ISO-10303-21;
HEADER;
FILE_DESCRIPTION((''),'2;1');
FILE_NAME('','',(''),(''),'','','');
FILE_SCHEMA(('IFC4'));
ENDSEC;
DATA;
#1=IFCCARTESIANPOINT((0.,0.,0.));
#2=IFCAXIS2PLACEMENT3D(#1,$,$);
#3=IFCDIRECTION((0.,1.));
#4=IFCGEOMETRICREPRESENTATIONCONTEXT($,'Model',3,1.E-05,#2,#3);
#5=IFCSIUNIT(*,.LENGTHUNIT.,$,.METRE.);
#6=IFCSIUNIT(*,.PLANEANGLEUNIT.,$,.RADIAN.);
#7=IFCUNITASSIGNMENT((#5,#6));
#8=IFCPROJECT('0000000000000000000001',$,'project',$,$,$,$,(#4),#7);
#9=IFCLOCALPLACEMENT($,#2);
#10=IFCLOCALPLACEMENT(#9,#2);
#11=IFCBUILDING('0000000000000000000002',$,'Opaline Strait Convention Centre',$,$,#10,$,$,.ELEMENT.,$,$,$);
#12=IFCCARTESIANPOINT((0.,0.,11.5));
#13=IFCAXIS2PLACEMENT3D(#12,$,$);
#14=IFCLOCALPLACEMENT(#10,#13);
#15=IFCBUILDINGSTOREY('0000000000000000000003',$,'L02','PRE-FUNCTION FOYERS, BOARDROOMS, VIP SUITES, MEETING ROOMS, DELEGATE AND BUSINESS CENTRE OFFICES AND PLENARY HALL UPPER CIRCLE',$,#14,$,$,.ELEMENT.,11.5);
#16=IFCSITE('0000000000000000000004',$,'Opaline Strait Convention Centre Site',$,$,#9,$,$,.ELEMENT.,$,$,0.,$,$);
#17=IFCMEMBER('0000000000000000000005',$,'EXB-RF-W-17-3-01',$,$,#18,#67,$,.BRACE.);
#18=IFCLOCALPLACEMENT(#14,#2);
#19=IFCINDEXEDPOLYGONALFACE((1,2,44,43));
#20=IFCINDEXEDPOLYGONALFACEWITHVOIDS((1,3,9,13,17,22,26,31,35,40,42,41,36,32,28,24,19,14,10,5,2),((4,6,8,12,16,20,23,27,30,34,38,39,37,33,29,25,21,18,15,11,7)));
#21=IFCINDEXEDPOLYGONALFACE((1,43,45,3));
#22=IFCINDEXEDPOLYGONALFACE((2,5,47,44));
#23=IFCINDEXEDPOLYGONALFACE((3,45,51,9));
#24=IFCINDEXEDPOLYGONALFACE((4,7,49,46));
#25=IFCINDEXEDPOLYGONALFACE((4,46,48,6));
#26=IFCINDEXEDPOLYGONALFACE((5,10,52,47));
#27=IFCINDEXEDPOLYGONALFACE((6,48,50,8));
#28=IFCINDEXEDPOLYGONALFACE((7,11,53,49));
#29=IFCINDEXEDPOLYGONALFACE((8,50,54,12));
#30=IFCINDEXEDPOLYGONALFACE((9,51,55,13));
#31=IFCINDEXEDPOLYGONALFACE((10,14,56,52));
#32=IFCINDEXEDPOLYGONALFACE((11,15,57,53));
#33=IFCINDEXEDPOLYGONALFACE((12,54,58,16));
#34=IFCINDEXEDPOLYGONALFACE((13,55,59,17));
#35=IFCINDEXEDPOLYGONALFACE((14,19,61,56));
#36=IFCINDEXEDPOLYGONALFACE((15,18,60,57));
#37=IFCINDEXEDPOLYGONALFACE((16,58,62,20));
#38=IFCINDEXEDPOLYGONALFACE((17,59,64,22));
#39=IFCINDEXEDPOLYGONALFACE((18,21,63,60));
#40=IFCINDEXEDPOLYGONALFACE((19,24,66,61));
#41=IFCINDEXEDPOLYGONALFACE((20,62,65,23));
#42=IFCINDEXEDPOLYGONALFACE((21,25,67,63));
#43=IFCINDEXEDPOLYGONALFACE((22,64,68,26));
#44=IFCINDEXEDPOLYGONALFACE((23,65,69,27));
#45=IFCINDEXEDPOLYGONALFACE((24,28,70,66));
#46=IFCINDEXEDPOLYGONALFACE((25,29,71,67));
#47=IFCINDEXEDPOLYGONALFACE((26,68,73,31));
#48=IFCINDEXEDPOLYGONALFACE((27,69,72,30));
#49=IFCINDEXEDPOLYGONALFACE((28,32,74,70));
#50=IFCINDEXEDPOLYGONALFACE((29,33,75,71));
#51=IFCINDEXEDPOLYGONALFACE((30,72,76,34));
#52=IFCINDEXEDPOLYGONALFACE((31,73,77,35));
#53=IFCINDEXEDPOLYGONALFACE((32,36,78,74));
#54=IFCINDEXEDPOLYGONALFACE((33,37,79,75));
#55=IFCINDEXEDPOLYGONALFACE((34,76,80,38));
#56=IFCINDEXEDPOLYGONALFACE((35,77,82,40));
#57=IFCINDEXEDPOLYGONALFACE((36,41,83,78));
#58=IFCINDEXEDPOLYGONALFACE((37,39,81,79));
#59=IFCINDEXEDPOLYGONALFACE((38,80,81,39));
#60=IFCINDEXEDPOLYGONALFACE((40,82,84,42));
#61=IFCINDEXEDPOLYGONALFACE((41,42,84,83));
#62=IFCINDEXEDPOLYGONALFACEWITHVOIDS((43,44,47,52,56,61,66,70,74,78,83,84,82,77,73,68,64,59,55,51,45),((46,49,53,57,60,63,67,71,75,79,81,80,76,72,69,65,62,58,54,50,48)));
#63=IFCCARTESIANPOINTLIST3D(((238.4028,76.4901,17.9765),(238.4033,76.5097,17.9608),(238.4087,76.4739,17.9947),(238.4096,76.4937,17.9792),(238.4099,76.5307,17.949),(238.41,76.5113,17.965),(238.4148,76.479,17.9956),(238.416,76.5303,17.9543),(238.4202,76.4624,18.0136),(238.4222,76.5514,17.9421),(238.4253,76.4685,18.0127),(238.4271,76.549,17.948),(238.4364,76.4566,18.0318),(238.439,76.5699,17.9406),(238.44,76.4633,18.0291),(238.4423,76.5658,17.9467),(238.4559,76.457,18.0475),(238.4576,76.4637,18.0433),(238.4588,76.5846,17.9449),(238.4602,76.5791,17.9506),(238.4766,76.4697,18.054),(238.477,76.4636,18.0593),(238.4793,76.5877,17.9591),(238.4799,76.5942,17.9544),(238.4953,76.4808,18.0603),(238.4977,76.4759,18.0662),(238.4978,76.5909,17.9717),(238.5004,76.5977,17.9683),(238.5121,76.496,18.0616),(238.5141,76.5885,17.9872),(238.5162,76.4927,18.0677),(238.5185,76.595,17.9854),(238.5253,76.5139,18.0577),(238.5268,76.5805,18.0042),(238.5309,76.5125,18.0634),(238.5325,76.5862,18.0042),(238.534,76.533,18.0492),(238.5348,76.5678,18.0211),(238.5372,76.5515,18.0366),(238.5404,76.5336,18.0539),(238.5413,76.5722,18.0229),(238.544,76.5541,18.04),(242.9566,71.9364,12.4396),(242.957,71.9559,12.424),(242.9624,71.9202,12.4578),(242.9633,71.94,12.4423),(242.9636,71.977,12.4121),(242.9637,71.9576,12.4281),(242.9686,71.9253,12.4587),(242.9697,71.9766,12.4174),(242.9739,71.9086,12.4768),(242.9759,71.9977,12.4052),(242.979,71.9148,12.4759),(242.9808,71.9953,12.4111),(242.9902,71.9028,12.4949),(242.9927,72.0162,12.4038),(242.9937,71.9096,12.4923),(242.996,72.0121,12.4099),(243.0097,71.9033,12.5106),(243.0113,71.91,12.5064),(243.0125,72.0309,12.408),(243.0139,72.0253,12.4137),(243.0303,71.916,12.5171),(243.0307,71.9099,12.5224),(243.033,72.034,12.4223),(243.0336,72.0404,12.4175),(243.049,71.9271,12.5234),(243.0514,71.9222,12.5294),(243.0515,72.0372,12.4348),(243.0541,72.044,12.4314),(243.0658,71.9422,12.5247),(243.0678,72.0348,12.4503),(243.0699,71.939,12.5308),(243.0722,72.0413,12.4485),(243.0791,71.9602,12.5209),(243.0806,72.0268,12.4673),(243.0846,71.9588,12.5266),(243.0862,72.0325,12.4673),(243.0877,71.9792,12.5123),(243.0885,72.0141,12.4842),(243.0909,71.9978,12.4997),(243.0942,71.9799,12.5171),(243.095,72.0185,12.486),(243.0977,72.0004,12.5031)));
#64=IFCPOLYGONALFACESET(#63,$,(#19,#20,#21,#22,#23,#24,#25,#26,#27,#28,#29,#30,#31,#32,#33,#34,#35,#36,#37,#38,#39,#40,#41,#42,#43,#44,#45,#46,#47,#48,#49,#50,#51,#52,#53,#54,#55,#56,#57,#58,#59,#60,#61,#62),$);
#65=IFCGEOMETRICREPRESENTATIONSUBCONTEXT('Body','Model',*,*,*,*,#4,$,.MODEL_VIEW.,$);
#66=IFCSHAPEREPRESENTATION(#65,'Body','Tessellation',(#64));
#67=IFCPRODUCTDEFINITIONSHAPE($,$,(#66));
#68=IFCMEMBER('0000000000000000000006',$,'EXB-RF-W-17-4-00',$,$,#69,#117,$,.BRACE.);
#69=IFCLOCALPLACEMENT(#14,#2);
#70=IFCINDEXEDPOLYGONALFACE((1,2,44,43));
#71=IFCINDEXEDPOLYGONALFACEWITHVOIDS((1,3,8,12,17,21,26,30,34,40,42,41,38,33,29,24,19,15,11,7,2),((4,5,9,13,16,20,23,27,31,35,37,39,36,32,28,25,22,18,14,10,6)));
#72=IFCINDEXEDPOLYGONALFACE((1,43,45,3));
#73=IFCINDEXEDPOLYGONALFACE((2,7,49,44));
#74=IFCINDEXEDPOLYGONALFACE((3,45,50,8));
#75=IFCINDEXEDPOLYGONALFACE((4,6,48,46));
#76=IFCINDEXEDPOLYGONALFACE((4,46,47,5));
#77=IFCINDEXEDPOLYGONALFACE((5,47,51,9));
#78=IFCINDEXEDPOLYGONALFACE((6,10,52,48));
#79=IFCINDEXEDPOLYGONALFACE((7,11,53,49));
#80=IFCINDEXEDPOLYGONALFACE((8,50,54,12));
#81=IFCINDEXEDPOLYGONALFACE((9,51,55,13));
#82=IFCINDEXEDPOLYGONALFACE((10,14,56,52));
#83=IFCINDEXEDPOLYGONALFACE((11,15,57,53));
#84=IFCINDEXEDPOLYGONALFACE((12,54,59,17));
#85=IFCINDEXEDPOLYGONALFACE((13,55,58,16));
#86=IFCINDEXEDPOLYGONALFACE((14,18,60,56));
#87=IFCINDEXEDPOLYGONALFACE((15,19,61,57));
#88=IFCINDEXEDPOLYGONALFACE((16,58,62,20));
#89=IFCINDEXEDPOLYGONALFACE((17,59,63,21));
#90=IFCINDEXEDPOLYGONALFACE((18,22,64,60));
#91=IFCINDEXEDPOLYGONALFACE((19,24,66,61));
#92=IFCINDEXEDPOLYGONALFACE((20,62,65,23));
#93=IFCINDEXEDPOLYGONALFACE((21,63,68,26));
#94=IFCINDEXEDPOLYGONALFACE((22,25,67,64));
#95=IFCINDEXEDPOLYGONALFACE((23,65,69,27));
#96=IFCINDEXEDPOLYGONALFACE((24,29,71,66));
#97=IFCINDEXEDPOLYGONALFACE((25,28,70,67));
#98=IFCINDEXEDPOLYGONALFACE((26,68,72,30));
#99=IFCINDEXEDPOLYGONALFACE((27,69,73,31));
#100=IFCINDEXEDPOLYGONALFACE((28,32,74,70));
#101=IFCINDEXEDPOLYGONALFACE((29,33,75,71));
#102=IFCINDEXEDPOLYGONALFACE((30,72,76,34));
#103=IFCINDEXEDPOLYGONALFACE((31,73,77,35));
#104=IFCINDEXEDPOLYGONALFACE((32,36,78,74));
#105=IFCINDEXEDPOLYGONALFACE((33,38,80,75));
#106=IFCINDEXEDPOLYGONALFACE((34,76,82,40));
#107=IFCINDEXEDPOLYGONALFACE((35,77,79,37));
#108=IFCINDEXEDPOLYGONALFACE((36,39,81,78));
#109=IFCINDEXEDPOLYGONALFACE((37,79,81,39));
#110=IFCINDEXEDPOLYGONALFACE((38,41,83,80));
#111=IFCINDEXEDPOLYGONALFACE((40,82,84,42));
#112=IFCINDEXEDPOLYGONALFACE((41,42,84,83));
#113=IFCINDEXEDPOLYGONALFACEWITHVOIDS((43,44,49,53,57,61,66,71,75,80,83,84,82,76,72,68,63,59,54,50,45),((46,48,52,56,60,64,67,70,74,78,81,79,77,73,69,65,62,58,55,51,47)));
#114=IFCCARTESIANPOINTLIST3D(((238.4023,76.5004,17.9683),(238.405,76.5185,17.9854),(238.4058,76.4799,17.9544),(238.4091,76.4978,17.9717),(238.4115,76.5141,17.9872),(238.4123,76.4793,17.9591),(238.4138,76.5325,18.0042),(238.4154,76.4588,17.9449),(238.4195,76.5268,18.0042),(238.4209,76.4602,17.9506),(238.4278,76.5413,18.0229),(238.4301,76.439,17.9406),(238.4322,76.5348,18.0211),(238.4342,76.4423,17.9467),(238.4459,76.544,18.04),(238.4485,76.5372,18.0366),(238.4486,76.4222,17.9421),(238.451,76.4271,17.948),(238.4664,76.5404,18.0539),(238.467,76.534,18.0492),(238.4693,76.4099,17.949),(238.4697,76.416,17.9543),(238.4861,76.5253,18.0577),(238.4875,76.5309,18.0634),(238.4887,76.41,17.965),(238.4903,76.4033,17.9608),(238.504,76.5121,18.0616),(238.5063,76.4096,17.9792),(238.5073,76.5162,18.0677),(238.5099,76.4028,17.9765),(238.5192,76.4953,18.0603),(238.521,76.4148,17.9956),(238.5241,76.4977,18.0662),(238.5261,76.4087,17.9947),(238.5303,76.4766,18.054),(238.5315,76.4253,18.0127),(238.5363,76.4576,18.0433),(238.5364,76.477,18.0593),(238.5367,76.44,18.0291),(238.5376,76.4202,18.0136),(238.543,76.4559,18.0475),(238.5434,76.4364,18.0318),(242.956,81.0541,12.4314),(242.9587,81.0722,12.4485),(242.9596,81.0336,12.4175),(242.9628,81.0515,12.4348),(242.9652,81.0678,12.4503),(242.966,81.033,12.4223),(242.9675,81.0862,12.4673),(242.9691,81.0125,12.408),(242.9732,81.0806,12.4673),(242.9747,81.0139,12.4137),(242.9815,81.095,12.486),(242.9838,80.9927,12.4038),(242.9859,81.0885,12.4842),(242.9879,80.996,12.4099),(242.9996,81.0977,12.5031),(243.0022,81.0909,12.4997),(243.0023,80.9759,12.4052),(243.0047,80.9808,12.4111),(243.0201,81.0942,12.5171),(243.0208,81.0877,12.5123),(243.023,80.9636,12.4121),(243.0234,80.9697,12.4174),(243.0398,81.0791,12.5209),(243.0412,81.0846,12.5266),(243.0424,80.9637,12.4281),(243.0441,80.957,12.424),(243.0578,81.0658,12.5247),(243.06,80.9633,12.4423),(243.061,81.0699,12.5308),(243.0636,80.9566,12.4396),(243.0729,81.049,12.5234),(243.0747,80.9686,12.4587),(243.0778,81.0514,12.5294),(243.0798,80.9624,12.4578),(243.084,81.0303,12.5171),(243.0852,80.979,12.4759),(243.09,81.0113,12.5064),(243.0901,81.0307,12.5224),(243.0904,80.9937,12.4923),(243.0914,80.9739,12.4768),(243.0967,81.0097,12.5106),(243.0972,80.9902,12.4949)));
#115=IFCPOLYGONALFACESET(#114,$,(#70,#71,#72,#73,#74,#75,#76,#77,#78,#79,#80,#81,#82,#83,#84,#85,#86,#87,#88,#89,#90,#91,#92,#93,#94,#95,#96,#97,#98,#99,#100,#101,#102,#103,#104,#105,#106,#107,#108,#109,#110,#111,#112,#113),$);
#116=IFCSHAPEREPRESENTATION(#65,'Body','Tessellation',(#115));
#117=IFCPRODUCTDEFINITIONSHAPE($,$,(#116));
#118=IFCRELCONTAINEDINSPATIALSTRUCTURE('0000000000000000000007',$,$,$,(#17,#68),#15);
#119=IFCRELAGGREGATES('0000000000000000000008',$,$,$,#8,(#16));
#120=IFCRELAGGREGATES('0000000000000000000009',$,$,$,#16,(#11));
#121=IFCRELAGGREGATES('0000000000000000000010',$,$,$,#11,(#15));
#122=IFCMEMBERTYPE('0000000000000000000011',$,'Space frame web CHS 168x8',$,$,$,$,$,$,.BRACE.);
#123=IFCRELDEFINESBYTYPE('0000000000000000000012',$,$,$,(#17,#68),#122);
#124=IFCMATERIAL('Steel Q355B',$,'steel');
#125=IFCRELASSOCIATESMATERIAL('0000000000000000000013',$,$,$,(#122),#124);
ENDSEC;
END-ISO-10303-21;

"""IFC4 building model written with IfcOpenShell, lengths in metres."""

from ifc_helpers import new_model, si_unit, direction, frame, origin, origin_2d, place, context, subcontext, project, spatial, hollow_circle, extrude, material, material_profile, profile_set, type_object, element, save


model = new_model("IFC4")

# Units and contexts
model_context = context("Model", 3, precision=1e-05, world=origin(), true_north=direction((0.0, 1.0)))
body_context = subcontext(model_context, "Body", "Model", "MODEL_VIEW")
ifc_project = project(units=[si_unit("LENGTHUNIT", "METRE"), si_unit("PLANEANGLEUNIT", "RADIAN")], contexts=[model_context])

# Site, building, storey
site_placement = place(None, origin())
site = spatial("IfcSite", under=ifc_project, at=site_placement, Name="Opaline Strait Convention Centre Site", CompositionType="ELEMENT", RefElevation=0.0)
building_placement = place(site_placement, origin())
building = spatial("IfcBuilding", under=site, at=building_placement, Name="Opaline Strait Convention Centre", CompositionType="ELEMENT")
storey_placement = place(building_placement, frame((0.0, 0.0, 11.5)))
storey = spatial("IfcBuildingStorey", under=building, at=storey_placement, Name="L02", Description="PRE-FUNCTION FOYERS, BOARDROOMS, VIP SUITES, MEETING ROOMS, DELEGATE AND BUSINESS CENTRE OFFICES AND PLENARY HALL UPPER CIRCLE", CompositionType="ELEMENT", Elevation=11.5)

# Members
ifc_material = material(Name="Steel Q355B", Category="steel")
ifc_material_profile_1 = material_profile(ifc_material, hollow_circle(Radius=0.084, WallThickness=0.0081, at=origin_2d()), Name="CHS 168x8")
ifc_profile_set_1 = profile_set([ifc_material_profile_1], Name="Steel Q355B")
member_type_1 = type_object("IfcMemberType", Name="Space frame web CHS 168x8", PredefinedType="BRACE", material=ifc_profile_set_1)
for number, where, z_axis, x_axis, name in (
    (1, (238.4731, 76.5269, 18.0042), (0.536178, -0.536178, -0.65194), (0.707107, 0.707107, 0.0), "EXB-RF-W-17-3-01"),
    (2, (238.4731, 76.4731, 18.0042), (0.536178, 0.536178, -0.65194), (-0.707107, 0.707107, 0.0), "EXB-RF-W-17-4-00"),
):
    element("IfcMember", number, at=place(storey_placement, frame(where, z_axis=z_axis, x_axis=x_axis)), inside=storey, type_object=member_type_1, Name=name, PredefinedType="BRACE", context=body_context, shape_type="SweptSolid", body=[
        extrude(hollow_circle(Radius=0.084, WallThickness=0.0081, at=origin_2d()), origin(), (0.0, 0.0, 1.0), 8.4929),
    ])

save(model, "model.ifc")
